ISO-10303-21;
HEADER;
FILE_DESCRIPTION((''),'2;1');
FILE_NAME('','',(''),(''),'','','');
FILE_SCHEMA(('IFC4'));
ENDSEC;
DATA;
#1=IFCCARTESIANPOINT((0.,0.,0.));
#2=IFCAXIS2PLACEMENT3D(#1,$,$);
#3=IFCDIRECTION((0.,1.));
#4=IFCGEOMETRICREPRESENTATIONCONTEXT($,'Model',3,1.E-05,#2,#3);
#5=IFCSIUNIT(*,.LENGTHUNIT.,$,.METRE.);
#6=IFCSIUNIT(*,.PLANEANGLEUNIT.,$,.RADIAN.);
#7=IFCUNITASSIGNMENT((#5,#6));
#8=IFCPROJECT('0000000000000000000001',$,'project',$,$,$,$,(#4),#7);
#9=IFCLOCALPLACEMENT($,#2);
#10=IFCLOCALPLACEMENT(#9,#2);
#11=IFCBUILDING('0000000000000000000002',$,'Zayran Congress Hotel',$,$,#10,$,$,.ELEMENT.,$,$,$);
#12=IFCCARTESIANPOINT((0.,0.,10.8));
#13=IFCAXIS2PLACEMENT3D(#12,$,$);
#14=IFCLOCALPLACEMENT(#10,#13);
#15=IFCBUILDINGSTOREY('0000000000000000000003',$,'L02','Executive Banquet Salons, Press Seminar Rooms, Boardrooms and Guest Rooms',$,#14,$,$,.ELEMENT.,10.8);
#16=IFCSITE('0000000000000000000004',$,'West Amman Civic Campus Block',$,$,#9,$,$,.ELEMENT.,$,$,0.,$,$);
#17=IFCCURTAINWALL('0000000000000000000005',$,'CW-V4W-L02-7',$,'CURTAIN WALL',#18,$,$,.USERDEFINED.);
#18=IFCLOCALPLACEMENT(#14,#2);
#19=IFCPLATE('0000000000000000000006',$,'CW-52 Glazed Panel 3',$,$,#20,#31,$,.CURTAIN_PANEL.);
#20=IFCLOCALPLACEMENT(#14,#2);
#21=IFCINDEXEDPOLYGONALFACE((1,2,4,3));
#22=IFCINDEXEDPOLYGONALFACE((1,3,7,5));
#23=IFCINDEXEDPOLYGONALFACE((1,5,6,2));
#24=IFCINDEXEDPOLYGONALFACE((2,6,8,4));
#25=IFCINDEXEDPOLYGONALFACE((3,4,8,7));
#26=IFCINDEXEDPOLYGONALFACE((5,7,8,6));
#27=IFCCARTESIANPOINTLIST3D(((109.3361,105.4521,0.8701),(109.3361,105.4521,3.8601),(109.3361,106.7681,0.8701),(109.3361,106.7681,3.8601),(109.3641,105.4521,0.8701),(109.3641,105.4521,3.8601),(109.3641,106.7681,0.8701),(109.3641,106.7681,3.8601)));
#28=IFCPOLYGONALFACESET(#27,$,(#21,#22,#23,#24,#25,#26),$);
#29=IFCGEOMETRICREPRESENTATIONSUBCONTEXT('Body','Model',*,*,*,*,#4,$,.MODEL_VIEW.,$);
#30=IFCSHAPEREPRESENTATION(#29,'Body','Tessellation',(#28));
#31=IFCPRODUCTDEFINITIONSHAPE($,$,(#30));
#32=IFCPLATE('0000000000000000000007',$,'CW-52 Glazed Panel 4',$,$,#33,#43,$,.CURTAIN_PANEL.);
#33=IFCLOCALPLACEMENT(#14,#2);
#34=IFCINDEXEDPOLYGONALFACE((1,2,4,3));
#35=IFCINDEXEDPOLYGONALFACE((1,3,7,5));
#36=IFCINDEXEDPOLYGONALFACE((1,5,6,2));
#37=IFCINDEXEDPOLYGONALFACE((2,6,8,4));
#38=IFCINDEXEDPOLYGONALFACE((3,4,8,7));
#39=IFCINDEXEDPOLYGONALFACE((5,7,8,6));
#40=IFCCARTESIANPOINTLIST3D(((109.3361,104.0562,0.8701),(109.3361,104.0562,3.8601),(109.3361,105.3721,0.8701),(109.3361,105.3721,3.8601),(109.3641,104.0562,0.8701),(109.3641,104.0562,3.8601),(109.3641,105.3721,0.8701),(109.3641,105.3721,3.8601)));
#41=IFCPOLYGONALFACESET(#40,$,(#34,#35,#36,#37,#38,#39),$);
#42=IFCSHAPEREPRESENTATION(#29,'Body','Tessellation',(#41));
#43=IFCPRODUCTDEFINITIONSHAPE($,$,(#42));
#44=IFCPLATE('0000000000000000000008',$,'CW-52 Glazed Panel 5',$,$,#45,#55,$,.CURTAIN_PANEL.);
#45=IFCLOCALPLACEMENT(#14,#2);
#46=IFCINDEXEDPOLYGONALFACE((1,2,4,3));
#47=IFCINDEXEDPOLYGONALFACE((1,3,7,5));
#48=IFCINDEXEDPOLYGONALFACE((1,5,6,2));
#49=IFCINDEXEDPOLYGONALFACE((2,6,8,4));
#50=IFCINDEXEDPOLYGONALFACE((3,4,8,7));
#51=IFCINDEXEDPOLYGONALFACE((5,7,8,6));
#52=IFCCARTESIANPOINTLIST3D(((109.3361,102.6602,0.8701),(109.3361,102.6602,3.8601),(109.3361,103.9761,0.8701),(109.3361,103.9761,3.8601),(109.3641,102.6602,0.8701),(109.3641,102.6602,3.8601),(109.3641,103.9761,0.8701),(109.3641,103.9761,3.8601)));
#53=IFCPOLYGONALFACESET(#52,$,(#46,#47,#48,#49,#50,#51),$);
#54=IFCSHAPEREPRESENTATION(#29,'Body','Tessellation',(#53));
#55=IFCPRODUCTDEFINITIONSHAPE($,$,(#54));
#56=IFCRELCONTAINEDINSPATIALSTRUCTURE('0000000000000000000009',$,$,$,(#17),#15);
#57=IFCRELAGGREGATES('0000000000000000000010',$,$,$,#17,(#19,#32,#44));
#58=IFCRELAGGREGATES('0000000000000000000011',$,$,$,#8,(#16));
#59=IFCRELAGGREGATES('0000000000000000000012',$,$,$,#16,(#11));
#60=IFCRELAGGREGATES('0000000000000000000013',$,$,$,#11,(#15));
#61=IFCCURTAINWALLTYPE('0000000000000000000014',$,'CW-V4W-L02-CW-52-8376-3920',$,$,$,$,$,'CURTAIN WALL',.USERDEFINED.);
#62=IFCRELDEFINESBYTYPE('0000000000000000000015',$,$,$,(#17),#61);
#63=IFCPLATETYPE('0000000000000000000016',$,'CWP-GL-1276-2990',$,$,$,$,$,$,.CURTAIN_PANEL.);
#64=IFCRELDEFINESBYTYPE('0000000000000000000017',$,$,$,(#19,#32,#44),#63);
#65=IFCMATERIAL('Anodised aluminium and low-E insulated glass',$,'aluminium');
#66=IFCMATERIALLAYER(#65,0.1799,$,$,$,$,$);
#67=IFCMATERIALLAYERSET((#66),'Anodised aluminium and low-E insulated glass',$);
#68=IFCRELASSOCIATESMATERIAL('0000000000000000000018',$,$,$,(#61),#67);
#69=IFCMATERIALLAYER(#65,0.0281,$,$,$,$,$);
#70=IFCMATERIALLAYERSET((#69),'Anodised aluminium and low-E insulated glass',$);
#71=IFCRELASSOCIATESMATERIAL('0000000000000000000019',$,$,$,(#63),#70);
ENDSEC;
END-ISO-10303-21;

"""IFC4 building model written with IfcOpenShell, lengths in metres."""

from ifc_helpers import new_model, si_unit, direction, frame, origin, origin_2d, place, context, subcontext, project, spatial, rectangle, extrude, material, layer, layer_set, type_object, element, aggregate, save


model = new_model("IFC4")

# Units and contexts
model_context = context("Model", 3, precision=1e-05, world=origin(), true_north=direction((0.0, 1.0)))
body_context = subcontext(model_context, "Body", "Model", "MODEL_VIEW")
ifc_project = project(units=[si_unit("LENGTHUNIT", "METRE"), si_unit("PLANEANGLEUNIT", "RADIAN")], contexts=[model_context])

# Site, building, storey
site_placement = place(None, origin())
site = spatial("IfcSite", under=ifc_project, at=site_placement, Name="West Amman Civic Campus Block", CompositionType="ELEMENT", RefElevation=0.0)
building_placement = place(site_placement, origin())
building = spatial("IfcBuilding", under=site, at=building_placement, Name="Zayran Congress Hotel", CompositionType="ELEMENT")
storey_placement = place(building_placement, frame((0.0, 0.0, 10.8)))
storey = spatial("IfcBuildingStorey", under=building, at=storey_placement, Name="L02", Description="Executive Banquet Salons, Press Seminar Rooms, Boardrooms and Guest Rooms", CompositionType="ELEMENT", Elevation=10.8)

# Curtain wall, plates
ifc_material_1 = material(Name="Anodised aluminium and low-E insulated glass", Category="aluminium")
ifc_layer_1 = layer(ifc_material_1, 0.1799)
ifc_layer_set_1 = layer_set([ifc_layer_1], Name="Anodised aluminium and low-E insulated glass")
curtain_wall_type = type_object("IfcCurtainWallType", Name="CW-V4W-L02-CW-52-8376-3920", ElementType="CURTAIN WALL", PredefinedType="USERDEFINED", material=ifc_layer_set_1)
curtain_wall_placement = place(storey_placement, origin())
curtain_wall = element("IfcCurtainWall", 1, at=curtain_wall_placement, inside=storey, type_object=curtain_wall_type, Name="CW-V4W-L02-7", ObjectType="CURTAIN WALL", PredefinedType="USERDEFINED")
ifc_layer_2 = layer(ifc_material_1, 0.0281)
ifc_layer_set_2 = layer_set([ifc_layer_2], Name="Anodised aluminium and low-E insulated glass")
plate_type_1 = type_object("IfcPlateType", Name="CWP-GL-1276-2990", PredefinedType="CURTAIN_PANEL", material=ifc_layer_set_2)
plate_1_placement = place(storey_placement, frame((109.3501, 106.1101, 0.8701), z_axis=(0.0, 0.0, 1.0), x_axis=(0.0, 1.0, 0.0)))
plate_1 = element("IfcPlate", 2, at=plate_1_placement, type_object=plate_type_1, Name="CW-52 Glazed Panel 3", PredefinedType="CURTAIN_PANEL", context=body_context, shape_type="SweptSolid", body=[
    extrude(rectangle(XDim=1.3159, YDim=0.0281, at=origin_2d()), origin(), (0.0, 0.0, 1.0), 2.99),
])
plate_2_placement = place(storey_placement, frame((109.3501, 104.7141, 0.8701), z_axis=(0.0, 0.0, 1.0), x_axis=(0.0, 1.0, 0.0)))
plate_2 = element("IfcPlate", 3, at=plate_2_placement, type_object=plate_type_1, Name="CW-52 Glazed Panel 4", PredefinedType="CURTAIN_PANEL", context=body_context, shape_type="SweptSolid", body=[
    extrude(rectangle(XDim=1.3159, YDim=0.0281, at=origin_2d()), origin(), (0.0, 0.0, 1.0), 2.99),
])
plate_3_placement = place(storey_placement, frame((109.3501, 103.3181, 0.8701), z_axis=(0.0, 0.0, 1.0), x_axis=(0.0, 1.0, 0.0)))
plate_3 = element("IfcPlate", 4, at=plate_3_placement, type_object=plate_type_1, Name="CW-52 Glazed Panel 5", PredefinedType="CURTAIN_PANEL", context=body_context, shape_type="SweptSolid", body=[
    extrude(rectangle(XDim=1.3159, YDim=0.0281, at=origin_2d()), origin(), (0.0, 0.0, 1.0), 2.99),
])
aggregate(curtain_wall, [plate_1, plate_2, plate_3])

save(model, "model.ifc")
